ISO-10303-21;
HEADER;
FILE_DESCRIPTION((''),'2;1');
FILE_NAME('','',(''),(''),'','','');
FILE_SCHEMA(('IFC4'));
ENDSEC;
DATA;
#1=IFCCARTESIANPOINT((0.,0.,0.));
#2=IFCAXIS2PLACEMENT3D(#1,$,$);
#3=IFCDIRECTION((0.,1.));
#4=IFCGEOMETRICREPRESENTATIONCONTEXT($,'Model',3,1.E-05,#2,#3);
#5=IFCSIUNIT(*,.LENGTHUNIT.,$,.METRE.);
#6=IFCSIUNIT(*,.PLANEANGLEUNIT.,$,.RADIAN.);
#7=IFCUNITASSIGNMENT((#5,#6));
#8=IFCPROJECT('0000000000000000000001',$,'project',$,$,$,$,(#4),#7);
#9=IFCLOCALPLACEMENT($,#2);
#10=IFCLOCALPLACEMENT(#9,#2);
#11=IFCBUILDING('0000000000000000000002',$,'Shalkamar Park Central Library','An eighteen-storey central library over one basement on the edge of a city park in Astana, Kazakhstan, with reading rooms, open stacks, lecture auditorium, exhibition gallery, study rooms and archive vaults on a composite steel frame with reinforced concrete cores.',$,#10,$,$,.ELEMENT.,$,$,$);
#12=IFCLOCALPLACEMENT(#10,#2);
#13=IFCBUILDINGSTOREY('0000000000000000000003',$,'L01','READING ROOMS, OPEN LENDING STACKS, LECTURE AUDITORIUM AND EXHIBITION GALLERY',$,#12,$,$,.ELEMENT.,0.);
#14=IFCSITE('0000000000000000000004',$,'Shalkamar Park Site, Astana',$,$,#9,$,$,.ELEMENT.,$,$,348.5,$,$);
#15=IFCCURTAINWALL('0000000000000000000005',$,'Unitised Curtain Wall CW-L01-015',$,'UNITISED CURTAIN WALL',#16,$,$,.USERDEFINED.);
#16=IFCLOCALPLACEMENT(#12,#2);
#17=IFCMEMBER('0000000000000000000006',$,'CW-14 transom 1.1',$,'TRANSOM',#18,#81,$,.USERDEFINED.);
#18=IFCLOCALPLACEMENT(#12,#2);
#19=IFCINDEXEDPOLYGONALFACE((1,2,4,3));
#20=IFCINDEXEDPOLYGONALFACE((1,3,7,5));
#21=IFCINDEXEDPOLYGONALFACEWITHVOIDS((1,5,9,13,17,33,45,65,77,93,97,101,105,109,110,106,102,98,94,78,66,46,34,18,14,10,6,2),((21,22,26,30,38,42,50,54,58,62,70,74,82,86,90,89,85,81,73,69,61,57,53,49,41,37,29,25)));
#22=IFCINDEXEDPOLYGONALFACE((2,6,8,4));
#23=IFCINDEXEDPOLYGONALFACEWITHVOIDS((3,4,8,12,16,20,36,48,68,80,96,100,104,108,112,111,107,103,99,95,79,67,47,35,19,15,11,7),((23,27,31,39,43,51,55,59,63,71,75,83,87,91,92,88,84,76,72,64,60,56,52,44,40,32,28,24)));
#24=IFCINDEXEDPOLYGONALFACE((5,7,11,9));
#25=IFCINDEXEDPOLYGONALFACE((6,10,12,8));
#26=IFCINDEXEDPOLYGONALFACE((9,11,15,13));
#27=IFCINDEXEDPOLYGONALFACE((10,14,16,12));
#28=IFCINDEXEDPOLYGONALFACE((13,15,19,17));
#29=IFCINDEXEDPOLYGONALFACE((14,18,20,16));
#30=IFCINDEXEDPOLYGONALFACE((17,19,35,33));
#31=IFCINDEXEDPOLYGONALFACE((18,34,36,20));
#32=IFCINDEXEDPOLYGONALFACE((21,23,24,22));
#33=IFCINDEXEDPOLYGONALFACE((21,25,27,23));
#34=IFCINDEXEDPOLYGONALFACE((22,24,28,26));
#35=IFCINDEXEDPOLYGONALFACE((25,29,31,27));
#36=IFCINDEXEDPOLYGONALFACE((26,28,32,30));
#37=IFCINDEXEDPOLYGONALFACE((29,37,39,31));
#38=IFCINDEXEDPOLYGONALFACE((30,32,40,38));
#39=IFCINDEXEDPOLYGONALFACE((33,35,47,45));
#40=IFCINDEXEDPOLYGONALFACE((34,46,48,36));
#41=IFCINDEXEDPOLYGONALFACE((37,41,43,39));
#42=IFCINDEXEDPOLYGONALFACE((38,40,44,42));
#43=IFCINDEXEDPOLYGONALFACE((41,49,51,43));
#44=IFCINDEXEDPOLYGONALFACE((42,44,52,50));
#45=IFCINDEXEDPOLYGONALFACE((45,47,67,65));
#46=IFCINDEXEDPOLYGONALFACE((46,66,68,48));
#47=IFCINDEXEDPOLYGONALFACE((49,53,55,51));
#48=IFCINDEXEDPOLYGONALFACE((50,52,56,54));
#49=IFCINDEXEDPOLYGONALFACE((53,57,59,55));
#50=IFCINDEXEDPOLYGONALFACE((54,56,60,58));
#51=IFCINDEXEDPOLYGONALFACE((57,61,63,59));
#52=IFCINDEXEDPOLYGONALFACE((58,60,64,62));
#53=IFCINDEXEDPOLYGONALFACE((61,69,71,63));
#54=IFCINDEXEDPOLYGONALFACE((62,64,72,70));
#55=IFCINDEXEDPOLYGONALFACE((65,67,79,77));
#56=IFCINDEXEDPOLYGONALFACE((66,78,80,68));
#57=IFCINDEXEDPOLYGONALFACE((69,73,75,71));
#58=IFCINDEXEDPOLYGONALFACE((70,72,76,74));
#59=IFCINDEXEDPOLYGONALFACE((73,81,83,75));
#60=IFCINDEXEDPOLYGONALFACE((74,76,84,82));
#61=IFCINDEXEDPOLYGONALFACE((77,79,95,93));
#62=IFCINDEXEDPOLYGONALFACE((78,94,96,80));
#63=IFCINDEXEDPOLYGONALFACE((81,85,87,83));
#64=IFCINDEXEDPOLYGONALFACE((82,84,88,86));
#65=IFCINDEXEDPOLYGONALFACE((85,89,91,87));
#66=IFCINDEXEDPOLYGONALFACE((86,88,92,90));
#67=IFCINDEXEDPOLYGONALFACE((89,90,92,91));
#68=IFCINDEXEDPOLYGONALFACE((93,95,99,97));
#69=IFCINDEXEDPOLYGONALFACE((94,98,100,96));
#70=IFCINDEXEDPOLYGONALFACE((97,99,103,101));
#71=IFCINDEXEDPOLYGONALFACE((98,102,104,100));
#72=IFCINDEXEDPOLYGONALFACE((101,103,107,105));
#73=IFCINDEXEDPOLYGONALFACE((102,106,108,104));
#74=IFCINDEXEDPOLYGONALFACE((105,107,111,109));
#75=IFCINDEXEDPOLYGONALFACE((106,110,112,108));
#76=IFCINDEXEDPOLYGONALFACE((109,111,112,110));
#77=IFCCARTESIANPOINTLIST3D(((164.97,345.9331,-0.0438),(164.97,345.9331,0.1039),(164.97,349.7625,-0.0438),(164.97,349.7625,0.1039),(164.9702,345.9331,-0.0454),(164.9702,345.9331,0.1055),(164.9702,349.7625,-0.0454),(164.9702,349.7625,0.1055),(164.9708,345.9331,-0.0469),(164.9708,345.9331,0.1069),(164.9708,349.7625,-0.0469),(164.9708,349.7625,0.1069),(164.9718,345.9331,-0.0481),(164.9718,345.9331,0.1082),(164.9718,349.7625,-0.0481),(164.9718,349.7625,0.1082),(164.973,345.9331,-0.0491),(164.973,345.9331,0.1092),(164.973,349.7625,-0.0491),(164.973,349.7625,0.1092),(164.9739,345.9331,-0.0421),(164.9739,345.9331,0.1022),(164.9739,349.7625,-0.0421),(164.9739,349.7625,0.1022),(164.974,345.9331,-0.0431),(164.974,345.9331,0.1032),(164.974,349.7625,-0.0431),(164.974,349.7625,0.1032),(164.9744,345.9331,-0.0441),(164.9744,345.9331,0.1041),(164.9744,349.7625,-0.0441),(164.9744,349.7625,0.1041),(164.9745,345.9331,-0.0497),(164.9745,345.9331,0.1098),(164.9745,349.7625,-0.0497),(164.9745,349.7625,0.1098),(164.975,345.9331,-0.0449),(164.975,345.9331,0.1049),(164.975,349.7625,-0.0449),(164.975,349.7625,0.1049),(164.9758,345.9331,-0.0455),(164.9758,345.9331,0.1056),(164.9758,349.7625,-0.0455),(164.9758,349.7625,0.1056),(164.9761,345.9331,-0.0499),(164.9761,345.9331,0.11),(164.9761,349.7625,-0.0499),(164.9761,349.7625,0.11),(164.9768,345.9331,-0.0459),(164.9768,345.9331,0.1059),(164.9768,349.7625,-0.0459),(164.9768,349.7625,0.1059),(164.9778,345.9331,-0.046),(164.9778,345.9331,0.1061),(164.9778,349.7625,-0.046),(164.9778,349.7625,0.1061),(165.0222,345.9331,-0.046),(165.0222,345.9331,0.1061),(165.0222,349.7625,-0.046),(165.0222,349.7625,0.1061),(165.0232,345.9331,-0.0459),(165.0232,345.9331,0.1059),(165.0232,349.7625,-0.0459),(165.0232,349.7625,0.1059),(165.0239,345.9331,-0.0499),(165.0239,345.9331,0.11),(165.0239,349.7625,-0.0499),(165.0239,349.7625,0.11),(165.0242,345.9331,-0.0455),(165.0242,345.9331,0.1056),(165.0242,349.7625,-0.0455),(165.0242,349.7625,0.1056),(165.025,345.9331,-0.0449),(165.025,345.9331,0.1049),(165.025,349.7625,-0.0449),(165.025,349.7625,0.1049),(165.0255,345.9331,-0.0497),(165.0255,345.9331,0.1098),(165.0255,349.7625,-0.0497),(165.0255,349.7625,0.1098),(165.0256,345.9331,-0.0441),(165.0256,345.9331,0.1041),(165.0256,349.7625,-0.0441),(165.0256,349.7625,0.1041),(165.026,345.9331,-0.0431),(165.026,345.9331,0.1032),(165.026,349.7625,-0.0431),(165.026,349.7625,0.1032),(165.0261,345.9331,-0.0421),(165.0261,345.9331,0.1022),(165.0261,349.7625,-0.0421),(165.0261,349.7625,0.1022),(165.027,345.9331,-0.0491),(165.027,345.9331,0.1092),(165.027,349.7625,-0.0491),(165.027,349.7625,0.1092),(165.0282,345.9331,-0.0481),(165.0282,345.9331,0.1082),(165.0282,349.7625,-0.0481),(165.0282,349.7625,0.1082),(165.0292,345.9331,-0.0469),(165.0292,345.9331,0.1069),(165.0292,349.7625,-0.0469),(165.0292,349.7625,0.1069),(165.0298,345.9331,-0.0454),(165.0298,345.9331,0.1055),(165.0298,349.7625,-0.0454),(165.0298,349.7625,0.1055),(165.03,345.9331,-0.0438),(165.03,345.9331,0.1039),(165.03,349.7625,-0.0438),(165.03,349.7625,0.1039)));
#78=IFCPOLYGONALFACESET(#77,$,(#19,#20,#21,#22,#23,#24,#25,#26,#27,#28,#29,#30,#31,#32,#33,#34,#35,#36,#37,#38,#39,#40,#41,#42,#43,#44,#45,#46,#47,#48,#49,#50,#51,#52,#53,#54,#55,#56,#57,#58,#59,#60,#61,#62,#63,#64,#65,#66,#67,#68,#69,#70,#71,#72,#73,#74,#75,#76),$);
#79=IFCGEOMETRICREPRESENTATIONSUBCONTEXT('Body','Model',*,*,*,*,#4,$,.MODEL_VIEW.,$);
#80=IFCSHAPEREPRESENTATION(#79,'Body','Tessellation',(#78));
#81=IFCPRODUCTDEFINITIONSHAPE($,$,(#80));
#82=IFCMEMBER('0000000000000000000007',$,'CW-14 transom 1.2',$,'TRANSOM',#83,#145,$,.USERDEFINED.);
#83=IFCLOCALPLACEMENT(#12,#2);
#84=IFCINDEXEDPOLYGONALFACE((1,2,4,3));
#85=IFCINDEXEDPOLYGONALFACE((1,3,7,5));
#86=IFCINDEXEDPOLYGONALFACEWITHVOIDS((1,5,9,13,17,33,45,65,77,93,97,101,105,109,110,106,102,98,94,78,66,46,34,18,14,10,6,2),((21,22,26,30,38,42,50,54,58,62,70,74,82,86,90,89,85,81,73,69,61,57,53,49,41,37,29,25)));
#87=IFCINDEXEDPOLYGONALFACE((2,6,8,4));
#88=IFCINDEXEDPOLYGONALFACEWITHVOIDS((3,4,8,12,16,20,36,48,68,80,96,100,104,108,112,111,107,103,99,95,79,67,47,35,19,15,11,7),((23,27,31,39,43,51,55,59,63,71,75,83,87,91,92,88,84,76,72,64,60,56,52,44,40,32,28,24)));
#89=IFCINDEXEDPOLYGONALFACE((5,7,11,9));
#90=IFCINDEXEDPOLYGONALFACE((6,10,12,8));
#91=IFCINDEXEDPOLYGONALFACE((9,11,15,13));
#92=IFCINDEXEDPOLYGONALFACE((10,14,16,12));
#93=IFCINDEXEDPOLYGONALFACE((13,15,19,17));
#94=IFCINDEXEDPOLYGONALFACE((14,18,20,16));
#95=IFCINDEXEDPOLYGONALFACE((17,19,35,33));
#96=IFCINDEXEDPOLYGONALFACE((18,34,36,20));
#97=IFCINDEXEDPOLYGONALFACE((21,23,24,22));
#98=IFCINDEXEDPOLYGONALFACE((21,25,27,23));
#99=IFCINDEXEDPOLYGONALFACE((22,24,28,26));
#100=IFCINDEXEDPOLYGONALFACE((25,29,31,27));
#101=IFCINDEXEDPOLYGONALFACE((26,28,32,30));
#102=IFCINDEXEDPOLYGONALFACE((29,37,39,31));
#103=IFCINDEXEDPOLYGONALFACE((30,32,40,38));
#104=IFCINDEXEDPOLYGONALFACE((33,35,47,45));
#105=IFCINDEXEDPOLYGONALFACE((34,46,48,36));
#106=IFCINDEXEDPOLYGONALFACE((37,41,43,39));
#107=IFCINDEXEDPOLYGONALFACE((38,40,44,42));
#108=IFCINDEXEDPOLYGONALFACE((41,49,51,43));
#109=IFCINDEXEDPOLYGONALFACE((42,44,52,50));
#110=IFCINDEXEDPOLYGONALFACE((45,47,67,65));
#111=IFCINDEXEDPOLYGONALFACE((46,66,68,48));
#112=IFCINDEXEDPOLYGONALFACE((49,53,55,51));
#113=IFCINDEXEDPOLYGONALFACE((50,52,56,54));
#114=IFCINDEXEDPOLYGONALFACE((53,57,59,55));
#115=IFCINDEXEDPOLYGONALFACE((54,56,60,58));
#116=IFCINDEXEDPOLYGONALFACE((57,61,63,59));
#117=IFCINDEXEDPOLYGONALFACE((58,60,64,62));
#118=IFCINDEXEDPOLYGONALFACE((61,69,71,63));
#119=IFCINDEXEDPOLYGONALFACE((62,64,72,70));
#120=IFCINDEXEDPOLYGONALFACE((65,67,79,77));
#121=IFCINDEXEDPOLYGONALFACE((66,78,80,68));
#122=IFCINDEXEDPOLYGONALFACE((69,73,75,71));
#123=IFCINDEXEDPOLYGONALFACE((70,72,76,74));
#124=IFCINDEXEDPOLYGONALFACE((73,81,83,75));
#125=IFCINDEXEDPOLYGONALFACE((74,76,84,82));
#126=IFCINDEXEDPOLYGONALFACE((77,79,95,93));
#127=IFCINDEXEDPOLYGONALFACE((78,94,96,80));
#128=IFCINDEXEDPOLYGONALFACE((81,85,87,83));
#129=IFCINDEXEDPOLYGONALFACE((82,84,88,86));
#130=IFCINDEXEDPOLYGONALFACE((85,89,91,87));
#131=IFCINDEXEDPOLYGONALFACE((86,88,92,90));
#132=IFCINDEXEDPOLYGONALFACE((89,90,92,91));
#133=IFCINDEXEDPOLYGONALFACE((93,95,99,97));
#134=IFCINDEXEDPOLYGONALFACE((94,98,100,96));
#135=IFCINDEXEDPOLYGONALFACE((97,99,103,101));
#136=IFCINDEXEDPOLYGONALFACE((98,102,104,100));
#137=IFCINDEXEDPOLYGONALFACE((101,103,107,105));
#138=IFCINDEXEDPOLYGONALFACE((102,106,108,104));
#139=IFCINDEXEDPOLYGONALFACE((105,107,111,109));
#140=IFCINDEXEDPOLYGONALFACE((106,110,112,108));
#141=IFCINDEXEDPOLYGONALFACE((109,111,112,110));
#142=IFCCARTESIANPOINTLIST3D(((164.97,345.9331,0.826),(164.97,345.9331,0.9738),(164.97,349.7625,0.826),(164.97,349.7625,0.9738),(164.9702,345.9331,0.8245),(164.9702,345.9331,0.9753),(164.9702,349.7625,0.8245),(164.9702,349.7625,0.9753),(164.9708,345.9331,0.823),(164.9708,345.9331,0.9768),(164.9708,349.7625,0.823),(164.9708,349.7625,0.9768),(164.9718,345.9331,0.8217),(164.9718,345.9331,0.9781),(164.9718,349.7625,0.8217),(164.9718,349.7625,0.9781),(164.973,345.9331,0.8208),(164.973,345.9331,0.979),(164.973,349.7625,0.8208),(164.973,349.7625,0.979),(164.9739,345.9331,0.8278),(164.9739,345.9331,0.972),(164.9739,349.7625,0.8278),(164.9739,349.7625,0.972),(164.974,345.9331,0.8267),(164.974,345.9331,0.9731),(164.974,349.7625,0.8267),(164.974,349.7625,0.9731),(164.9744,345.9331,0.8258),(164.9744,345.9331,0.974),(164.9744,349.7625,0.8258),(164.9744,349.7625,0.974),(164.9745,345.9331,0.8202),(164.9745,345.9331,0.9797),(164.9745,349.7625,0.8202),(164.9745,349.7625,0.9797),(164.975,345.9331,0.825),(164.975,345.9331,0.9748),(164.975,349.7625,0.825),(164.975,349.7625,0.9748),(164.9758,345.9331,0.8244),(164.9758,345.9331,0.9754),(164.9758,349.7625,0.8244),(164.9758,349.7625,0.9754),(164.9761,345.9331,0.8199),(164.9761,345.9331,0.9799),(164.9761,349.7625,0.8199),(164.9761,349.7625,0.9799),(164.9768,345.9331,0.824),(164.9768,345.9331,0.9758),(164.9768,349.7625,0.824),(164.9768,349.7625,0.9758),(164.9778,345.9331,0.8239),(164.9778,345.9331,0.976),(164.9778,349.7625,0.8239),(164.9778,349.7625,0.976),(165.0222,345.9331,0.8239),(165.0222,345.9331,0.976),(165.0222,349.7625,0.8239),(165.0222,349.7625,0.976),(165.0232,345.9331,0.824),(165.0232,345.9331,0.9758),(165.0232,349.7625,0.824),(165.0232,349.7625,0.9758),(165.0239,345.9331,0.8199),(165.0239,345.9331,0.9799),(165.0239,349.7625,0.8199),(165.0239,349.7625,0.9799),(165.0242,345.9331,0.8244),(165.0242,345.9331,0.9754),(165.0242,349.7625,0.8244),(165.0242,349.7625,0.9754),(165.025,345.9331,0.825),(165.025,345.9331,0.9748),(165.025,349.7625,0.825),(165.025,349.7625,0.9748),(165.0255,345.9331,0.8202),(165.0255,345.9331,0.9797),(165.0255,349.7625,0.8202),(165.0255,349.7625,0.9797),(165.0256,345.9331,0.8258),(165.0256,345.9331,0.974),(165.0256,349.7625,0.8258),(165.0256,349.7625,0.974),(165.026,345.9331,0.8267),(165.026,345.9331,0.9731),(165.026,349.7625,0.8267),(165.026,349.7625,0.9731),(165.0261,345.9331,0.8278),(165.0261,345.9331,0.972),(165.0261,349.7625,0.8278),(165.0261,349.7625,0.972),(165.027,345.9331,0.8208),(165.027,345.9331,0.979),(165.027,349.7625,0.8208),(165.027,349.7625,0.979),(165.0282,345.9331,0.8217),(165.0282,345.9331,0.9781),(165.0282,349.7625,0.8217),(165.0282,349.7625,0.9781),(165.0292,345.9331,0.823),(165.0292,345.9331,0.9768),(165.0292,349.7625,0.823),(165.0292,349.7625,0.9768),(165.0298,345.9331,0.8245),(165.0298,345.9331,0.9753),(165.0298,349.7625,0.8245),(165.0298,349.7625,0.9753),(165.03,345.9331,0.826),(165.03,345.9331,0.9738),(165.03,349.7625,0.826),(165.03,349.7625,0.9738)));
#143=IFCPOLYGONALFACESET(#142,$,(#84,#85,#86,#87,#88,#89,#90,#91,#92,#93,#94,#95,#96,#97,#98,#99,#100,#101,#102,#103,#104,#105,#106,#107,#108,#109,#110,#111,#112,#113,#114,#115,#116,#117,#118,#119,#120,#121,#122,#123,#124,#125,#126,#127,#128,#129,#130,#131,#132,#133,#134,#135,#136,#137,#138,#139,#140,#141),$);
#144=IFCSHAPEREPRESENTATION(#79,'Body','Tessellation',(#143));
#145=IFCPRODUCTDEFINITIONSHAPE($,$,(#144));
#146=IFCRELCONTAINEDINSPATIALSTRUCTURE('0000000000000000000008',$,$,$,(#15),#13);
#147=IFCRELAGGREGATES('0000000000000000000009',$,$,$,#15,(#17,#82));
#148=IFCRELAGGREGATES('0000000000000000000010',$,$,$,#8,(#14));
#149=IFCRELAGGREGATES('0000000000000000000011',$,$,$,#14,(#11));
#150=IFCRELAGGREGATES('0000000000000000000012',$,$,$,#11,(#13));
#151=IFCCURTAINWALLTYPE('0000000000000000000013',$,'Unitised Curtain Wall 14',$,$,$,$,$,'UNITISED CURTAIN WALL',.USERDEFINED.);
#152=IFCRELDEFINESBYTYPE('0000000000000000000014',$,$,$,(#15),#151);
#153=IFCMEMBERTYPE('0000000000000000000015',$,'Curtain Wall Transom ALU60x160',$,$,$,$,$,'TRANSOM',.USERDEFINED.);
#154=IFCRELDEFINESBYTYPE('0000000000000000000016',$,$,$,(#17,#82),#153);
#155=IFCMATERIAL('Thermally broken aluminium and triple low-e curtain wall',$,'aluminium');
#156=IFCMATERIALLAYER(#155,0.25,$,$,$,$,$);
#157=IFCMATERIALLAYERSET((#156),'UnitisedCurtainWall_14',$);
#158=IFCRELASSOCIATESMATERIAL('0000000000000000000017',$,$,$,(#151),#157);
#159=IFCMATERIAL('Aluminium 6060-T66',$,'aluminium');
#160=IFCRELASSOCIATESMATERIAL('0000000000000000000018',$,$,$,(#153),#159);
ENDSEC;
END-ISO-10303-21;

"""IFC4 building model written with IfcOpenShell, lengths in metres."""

from ifc_helpers import new_model, si_unit, direction, frame, origin, origin_2d, place, context, subcontext, project, spatial, hollow_rectangle, extrude, material, layer, layer_set, material_profile, profile_set, type_object, element, aggregate, save


model = new_model("IFC4")

# Units and contexts
model_context = context("Model", 3, precision=1e-05, world=origin(), true_north=direction((0.0, 1.0)))
body_context = subcontext(model_context, "Body", "Model", "MODEL_VIEW")
ifc_project = project(units=[si_unit("LENGTHUNIT", "METRE"), si_unit("PLANEANGLEUNIT", "RADIAN")], contexts=[model_context])

# Site, building, storey
site_placement = place(None, origin())
site = spatial("IfcSite", under=ifc_project, at=site_placement, Name="Shalkamar Park Site, Astana", CompositionType="ELEMENT", RefElevation=348.5)
building_placement = place(site_placement, origin())
building = spatial("IfcBuilding", under=site, at=building_placement, Name="Shalkamar Park Central Library", Description="An eighteen-storey central library over one basement on the edge of a city park in Astana, Kazakhstan, with reading rooms, open stacks, lecture auditorium, exhibition gallery, study rooms and archive vaults on a composite steel frame with reinforced concrete cores.", CompositionType="ELEMENT")
storey_placement = place(building_placement, origin())
storey = spatial("IfcBuildingStorey", under=building, at=storey_placement, Name="L01", Description="READING ROOMS, OPEN LENDING STACKS, LECTURE AUDITORIUM AND EXHIBITION GALLERY", CompositionType="ELEMENT", Elevation=0.0)

# Curtain wall
ifc_material_1 = material(Name="Thermally broken aluminium and triple low-e curtain wall", Category="aluminium")
ifc_layer_1 = layer(ifc_material_1, 0.25)
ifc_layer_set_1 = layer_set([ifc_layer_1], Name="UnitisedCurtainWall_14")
curtain_wall_type_1 = type_object("IfcCurtainWallType", Name="Unitised Curtain Wall 14", ElementType="UNITISED CURTAIN WALL", PredefinedType="USERDEFINED", material=ifc_layer_set_1)
curtain_wall_1_placement = place(storey_placement, origin())
curtain_wall_1 = element("IfcCurtainWall", 1, at=curtain_wall_1_placement, inside=storey, type_object=curtain_wall_type_1, Name="Unitised Curtain Wall CW-L01-015", ObjectType="UNITISED CURTAIN WALL", PredefinedType="USERDEFINED")
ifc_material_2 = material(Name="Aluminium 6060-T66", Category="aluminium")

# Members
ifc_material_profile_1 = material_profile(ifc_material_2, hollow_rectangle(XDim=0.0601, YDim=0.1599, WallThickness=0.0039, InnerFilletRadius=0.0039, OuterFilletRadius=0.0061, at=origin_2d()), Name="ALU 60x160x4")
ifc_profile_set_1 = profile_set([ifc_material_profile_1], Name="Aluminium 6060-T66")
member_type_1 = type_object("IfcMemberType", Name="Curtain Wall Transom ALU60x160", ElementType="TRANSOM", PredefinedType="USERDEFINED", material=ifc_profile_set_1)
member_1_placement = place(storey_placement, frame((165.0, 345.9331, 0.03), z_axis=(0.0, 1.0, 0.0), x_axis=(-1.0, 0.0, 0.0)))
member_1 = element("IfcMember", 2, at=member_1_placement, type_object=member_type_1, Name="CW-14 transom 1.1", ObjectType="TRANSOM", PredefinedType="USERDEFINED", context=body_context, shape_type="SweptSolid", body=[
    extrude(hollow_rectangle(XDim=0.0601, YDim=0.1599, WallThickness=0.0039, InnerFilletRadius=0.0039, OuterFilletRadius=0.0061, at=origin_2d()), origin(), (0.0, 0.0, 1.0), 3.8293),
])
member_2_placement = place(storey_placement, frame((165.0, 345.9331, 0.8999), z_axis=(0.0, 1.0, 0.0), x_axis=(-1.0, 0.0, 0.0)))
member_2 = element("IfcMember", 3, at=member_2_placement, type_object=member_type_1, Name="CW-14 transom 1.2", ObjectType="TRANSOM", PredefinedType="USERDEFINED", context=body_context, shape_type="SweptSolid", body=[
    extrude(hollow_rectangle(XDim=0.0601, YDim=0.1599, WallThickness=0.0039, InnerFilletRadius=0.0039, OuterFilletRadius=0.0061, at=origin_2d()), origin(), (0.0, 0.0, 1.0), 3.8293),
])

aggregate(curtain_wall_1, [member_1, member_2])

save(model, "model.ifc")
